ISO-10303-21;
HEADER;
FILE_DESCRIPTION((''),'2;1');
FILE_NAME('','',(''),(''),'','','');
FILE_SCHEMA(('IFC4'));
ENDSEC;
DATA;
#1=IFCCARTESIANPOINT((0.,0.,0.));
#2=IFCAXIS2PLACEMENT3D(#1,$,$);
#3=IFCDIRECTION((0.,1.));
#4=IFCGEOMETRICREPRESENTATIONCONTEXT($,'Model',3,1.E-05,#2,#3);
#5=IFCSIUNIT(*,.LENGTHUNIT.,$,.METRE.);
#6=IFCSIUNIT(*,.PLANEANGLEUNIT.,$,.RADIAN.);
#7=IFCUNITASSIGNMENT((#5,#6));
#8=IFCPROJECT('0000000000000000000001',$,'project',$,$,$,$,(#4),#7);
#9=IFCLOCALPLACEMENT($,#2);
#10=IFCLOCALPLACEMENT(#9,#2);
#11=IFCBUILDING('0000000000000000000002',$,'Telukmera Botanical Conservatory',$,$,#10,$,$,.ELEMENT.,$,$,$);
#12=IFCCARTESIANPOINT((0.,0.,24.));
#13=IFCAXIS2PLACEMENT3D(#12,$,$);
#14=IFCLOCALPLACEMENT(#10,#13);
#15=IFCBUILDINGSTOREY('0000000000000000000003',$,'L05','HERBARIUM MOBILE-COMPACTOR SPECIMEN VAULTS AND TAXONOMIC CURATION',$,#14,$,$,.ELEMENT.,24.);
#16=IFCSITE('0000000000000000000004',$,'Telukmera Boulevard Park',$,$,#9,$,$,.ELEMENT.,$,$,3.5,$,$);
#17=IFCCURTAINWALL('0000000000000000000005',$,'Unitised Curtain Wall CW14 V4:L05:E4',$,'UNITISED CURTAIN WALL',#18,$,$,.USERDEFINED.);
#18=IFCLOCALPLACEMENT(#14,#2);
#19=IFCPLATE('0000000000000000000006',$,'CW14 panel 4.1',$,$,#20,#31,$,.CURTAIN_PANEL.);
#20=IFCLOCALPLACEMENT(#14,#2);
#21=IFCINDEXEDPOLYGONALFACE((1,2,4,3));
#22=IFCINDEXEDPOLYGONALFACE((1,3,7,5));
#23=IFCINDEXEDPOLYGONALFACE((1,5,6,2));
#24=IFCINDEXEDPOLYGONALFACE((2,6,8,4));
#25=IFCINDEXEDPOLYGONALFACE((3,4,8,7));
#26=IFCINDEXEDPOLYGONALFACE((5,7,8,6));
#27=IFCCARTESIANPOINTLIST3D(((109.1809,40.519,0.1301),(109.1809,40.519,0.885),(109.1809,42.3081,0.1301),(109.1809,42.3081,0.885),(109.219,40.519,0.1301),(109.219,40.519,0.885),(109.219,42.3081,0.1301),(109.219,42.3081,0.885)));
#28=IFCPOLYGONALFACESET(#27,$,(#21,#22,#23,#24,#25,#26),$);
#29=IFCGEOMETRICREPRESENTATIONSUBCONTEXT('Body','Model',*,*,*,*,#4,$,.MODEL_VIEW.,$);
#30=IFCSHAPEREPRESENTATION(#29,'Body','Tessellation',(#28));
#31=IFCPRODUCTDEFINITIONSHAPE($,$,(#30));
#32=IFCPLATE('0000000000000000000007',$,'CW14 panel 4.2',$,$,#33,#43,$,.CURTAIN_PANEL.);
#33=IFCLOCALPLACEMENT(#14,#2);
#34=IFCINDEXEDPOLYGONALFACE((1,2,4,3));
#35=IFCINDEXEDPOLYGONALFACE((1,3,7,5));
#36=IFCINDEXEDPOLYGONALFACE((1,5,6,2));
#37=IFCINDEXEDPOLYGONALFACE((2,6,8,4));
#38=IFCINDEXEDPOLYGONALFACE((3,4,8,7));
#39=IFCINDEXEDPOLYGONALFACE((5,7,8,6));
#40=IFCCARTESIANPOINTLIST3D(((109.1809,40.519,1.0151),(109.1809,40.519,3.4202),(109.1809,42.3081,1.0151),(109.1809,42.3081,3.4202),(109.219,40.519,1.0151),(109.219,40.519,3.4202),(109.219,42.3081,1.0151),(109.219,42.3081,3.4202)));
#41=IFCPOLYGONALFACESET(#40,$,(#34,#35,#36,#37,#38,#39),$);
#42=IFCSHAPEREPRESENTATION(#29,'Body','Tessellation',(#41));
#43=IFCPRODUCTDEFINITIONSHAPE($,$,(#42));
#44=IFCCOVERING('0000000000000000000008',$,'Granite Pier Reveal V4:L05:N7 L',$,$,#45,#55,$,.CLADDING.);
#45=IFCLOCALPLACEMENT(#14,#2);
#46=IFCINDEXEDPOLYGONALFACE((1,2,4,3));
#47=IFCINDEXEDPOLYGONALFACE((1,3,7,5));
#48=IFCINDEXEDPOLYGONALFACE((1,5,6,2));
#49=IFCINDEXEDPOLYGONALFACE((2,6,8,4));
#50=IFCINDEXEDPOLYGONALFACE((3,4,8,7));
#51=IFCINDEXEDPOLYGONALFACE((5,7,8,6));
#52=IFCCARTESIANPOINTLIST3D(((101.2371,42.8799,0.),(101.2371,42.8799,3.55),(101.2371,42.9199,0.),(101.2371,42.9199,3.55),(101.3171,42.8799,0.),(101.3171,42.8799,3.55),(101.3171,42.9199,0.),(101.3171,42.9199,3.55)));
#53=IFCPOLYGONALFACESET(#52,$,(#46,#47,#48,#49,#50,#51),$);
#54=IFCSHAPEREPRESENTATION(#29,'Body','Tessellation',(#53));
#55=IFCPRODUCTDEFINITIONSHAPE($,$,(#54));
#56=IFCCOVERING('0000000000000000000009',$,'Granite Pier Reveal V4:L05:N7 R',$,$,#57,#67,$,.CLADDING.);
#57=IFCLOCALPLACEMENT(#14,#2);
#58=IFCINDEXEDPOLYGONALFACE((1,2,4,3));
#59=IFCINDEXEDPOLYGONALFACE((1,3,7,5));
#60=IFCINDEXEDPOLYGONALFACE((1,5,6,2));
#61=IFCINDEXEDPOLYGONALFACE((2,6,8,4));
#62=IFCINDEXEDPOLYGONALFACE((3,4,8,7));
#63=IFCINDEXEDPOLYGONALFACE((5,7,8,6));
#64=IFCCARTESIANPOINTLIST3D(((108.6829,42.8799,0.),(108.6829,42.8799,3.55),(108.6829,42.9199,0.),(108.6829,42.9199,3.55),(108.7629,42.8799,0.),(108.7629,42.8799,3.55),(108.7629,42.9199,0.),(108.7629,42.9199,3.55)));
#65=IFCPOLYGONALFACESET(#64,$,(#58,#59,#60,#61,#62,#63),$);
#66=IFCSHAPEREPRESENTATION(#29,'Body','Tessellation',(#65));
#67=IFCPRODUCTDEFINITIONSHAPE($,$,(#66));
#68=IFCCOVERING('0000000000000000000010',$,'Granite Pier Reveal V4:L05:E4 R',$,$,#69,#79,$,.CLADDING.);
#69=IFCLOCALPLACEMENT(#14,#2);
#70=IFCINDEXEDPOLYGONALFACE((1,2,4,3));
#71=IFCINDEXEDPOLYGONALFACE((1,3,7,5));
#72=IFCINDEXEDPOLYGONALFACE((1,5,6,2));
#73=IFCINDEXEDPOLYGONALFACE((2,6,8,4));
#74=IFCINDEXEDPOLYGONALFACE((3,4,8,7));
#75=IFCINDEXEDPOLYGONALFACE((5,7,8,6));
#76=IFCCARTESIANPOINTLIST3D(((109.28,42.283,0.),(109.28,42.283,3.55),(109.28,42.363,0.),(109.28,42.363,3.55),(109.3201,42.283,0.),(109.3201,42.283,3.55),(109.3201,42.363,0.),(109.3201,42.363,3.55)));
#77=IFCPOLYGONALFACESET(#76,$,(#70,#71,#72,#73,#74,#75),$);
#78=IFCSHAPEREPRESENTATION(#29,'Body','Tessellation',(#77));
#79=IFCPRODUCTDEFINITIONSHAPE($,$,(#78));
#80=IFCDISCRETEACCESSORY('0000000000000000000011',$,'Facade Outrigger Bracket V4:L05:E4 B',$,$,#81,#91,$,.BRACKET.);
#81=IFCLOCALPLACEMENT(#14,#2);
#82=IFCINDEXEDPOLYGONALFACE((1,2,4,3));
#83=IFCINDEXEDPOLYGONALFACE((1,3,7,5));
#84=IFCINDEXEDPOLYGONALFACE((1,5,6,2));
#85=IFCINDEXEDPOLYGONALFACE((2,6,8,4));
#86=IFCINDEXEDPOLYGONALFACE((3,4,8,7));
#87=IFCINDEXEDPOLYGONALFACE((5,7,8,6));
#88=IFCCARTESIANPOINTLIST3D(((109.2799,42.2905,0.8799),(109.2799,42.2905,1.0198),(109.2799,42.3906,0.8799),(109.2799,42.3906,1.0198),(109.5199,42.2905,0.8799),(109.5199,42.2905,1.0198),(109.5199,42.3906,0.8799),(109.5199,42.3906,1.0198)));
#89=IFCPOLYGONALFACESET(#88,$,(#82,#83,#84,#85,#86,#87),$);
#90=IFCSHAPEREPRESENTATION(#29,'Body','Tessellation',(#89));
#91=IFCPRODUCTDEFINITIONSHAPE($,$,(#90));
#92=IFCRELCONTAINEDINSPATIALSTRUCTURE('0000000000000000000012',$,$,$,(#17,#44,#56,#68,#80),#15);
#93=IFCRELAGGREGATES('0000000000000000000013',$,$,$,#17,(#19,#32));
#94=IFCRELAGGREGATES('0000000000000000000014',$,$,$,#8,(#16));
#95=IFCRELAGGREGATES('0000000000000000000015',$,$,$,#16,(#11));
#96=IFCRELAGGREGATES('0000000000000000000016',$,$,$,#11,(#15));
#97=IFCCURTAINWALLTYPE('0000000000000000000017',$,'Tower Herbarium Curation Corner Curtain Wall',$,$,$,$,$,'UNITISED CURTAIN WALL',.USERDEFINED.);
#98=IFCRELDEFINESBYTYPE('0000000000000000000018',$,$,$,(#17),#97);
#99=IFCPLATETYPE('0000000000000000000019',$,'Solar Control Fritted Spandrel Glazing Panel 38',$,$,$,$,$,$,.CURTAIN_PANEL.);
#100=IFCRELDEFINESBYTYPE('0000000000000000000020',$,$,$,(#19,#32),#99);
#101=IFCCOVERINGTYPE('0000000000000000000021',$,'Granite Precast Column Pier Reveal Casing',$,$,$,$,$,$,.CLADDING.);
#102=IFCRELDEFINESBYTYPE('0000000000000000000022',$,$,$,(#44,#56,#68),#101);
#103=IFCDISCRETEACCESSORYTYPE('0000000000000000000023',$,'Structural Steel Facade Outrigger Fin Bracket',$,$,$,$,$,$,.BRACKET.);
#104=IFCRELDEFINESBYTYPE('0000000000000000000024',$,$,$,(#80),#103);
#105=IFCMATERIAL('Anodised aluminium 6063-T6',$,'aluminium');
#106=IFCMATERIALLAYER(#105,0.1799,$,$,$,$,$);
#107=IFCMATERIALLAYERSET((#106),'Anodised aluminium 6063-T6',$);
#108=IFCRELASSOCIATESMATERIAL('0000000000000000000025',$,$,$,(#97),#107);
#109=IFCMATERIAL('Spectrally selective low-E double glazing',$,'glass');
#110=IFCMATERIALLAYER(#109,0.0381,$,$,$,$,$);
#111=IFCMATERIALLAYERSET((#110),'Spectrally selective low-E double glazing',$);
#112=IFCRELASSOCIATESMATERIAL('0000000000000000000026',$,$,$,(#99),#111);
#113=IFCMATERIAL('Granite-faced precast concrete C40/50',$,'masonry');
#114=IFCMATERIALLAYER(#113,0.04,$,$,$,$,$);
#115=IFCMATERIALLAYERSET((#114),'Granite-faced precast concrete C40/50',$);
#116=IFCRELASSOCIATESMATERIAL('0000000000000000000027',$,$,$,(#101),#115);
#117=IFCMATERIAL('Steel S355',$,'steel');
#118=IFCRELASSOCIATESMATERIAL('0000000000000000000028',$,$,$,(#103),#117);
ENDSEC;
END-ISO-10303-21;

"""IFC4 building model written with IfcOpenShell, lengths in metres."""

from ifc_helpers import new_model, si_unit, direction, frame, origin, origin_2d, place, context, subcontext, project, spatial, rectangle, extrude, material, layer, layer_set, type_object, element, aggregate, save


model = new_model("IFC4")

# Units and contexts
model_context = context("Model", 3, precision=1e-05, world=origin(), true_north=direction((0.0, 1.0)))
body_context = subcontext(model_context, "Body", "Model", "MODEL_VIEW")
ifc_project = project(units=[si_unit("LENGTHUNIT", "METRE"), si_unit("PLANEANGLEUNIT", "RADIAN")], contexts=[model_context])

# Site, building, storey
site_placement = place(None, origin())
site = spatial("IfcSite", under=ifc_project, at=site_placement, Name="Telukmera Boulevard Park", CompositionType="ELEMENT", RefElevation=3.5)
building_placement = place(site_placement, origin())
building = spatial("IfcBuilding", under=site, at=building_placement, Name="Telukmera Botanical Conservatory", CompositionType="ELEMENT")
storey_placement = place(building_placement, frame((0.0, 0.0, 24.0)))
storey = spatial("IfcBuildingStorey", under=building, at=storey_placement, Name="L05", Description="HERBARIUM MOBILE-COMPACTOR SPECIMEN VAULTS AND TAXONOMIC CURATION", CompositionType="ELEMENT", Elevation=24.0)

# Shared definitions
ifc_material_1 = material(Name="Anodised aluminium 6063-T6", Category="aluminium")
ifc_layer_1 = layer(ifc_material_1, 0.1799)
ifc_layer_set_1 = layer_set([ifc_layer_1], Name="Anodised aluminium 6063-T6")
curtain_wall_type = type_object("IfcCurtainWallType", Name="Tower Herbarium Curation Corner Curtain Wall", ElementType="UNITISED CURTAIN WALL", PredefinedType="USERDEFINED", material=ifc_layer_set_1)

# Curtain wall
curtain_wall_1_placement = place(storey_placement, origin())
curtain_wall_1 = element("IfcCurtainWall", 1, at=curtain_wall_1_placement, inside=storey, type_object=curtain_wall_type, Name="Unitised Curtain Wall CW14 V4:L05:E4", ObjectType="UNITISED CURTAIN WALL", PredefinedType="USERDEFINED")

# Plates
ifc_material_2 = material(Name="Spectrally selective low-E double glazing", Category="glass")
ifc_layer_2 = layer(ifc_material_2, 0.0381)
ifc_layer_set_2 = layer_set([ifc_layer_2], Name="Spectrally selective low-E double glazing")
plate_type = type_object("IfcPlateType", Name="Solar Control Fritted Spandrel Glazing Panel 38", PredefinedType="CURTAIN_PANEL", material=ifc_layer_set_2)
plate_1_placement = place(storey_placement, frame((109.2, 41.4136, 0.1301), z_axis=(0.0, 0.0, 1.0), x_axis=(0.0, 1.0, 0.0)))
plate_1 = element("IfcPlate", 2, at=plate_1_placement, type_object=plate_type, Name="CW14 panel 4.1", PredefinedType="CURTAIN_PANEL", context=body_context, shape_type="SweptSolid", body=[
    extrude(rectangle(XDim=1.7891, YDim=0.0381, at=origin_2d()), origin(), (0.0, 0.0, 1.0), 0.7549),
])
plate_2_placement = place(storey_placement, frame((109.2, 41.4136, 1.0151), z_axis=(0.0, 0.0, 1.0), x_axis=(0.0, 1.0, 0.0)))
plate_2 = element("IfcPlate", 3, at=plate_2_placement, type_object=plate_type, Name="CW14 panel 4.2", PredefinedType="CURTAIN_PANEL", context=body_context, shape_type="SweptSolid", body=[
    extrude(rectangle(XDim=1.7891, YDim=0.0381, at=origin_2d()), origin(), (0.0, 0.0, 1.0), 2.405),
])
aggregate(curtain_wall_1, [plate_1, plate_2])

# Coverings
ifc_material_3 = material(Name="Granite-faced precast concrete C40/50", Category="masonry")
ifc_layer_3 = layer(ifc_material_3, 0.04)
ifc_layer_set_3 = layer_set([ifc_layer_3], Name="Granite-faced precast concrete C40/50")
covering_type = type_object("IfcCoveringType", Name="Granite Precast Column Pier Reveal Casing", PredefinedType="CLADDING", material=ifc_layer_set_3)
for number, where, z_axis, x_axis, name in (
    (4, (101.2771, 42.8999, 0.0), (0.0, 0.0, 1.0), (1.0, 0.0, 0.0), "Granite Pier Reveal V4:L05:N7 L"),
    (5, (108.7229, 42.8999, 0.0), (0.0, 0.0, 1.0), (1.0, 0.0, 0.0), "Granite Pier Reveal V4:L05:N7 R"),
    (6, (109.3, 42.323, 0.0), (0.0, 0.0, 1.0), (0.0, 1.0, 0.0), "Granite Pier Reveal V4:L05:E4 R"),
):
    element("IfcCovering", number, at=place(storey_placement, frame(where, z_axis=z_axis, x_axis=x_axis)), inside=storey, type_object=covering_type, Name=name, PredefinedType="CLADDING", context=body_context, shape_type="SweptSolid", body=[
        extrude(rectangle(XDim=0.0801, YDim=0.04, at=origin_2d()), origin(), (0.0, 0.0, 1.0), 3.55),
    ])

# Discrete accessory
ifc_material_4 = material(Name="Steel S355", Category="steel")
discrete_accessory_type = type_object("IfcDiscreteAccessoryType", Name="Structural Steel Facade Outrigger Fin Bracket", PredefinedType="BRACKET", material=ifc_material_4)
discrete_accessory_placement = place(storey_placement, frame((109.3999, 42.3406, 0.8799), z_axis=(0.0, 0.0, 1.0), x_axis=(0.0, 1.0, 0.0)))
element("IfcDiscreteAccessory", 7, at=discrete_accessory_placement, inside=storey, type_object=discrete_accessory_type, Name="Facade Outrigger Bracket V4:L05:E4 B", PredefinedType="BRACKET", context=body_context, shape_type="SweptSolid", body=[
    extrude(rectangle(XDim=0.1001, YDim=0.24, at=origin_2d()), origin(), (0.0, 0.0, 1.0), 0.1399),
])

save(model, "model.ifc")
